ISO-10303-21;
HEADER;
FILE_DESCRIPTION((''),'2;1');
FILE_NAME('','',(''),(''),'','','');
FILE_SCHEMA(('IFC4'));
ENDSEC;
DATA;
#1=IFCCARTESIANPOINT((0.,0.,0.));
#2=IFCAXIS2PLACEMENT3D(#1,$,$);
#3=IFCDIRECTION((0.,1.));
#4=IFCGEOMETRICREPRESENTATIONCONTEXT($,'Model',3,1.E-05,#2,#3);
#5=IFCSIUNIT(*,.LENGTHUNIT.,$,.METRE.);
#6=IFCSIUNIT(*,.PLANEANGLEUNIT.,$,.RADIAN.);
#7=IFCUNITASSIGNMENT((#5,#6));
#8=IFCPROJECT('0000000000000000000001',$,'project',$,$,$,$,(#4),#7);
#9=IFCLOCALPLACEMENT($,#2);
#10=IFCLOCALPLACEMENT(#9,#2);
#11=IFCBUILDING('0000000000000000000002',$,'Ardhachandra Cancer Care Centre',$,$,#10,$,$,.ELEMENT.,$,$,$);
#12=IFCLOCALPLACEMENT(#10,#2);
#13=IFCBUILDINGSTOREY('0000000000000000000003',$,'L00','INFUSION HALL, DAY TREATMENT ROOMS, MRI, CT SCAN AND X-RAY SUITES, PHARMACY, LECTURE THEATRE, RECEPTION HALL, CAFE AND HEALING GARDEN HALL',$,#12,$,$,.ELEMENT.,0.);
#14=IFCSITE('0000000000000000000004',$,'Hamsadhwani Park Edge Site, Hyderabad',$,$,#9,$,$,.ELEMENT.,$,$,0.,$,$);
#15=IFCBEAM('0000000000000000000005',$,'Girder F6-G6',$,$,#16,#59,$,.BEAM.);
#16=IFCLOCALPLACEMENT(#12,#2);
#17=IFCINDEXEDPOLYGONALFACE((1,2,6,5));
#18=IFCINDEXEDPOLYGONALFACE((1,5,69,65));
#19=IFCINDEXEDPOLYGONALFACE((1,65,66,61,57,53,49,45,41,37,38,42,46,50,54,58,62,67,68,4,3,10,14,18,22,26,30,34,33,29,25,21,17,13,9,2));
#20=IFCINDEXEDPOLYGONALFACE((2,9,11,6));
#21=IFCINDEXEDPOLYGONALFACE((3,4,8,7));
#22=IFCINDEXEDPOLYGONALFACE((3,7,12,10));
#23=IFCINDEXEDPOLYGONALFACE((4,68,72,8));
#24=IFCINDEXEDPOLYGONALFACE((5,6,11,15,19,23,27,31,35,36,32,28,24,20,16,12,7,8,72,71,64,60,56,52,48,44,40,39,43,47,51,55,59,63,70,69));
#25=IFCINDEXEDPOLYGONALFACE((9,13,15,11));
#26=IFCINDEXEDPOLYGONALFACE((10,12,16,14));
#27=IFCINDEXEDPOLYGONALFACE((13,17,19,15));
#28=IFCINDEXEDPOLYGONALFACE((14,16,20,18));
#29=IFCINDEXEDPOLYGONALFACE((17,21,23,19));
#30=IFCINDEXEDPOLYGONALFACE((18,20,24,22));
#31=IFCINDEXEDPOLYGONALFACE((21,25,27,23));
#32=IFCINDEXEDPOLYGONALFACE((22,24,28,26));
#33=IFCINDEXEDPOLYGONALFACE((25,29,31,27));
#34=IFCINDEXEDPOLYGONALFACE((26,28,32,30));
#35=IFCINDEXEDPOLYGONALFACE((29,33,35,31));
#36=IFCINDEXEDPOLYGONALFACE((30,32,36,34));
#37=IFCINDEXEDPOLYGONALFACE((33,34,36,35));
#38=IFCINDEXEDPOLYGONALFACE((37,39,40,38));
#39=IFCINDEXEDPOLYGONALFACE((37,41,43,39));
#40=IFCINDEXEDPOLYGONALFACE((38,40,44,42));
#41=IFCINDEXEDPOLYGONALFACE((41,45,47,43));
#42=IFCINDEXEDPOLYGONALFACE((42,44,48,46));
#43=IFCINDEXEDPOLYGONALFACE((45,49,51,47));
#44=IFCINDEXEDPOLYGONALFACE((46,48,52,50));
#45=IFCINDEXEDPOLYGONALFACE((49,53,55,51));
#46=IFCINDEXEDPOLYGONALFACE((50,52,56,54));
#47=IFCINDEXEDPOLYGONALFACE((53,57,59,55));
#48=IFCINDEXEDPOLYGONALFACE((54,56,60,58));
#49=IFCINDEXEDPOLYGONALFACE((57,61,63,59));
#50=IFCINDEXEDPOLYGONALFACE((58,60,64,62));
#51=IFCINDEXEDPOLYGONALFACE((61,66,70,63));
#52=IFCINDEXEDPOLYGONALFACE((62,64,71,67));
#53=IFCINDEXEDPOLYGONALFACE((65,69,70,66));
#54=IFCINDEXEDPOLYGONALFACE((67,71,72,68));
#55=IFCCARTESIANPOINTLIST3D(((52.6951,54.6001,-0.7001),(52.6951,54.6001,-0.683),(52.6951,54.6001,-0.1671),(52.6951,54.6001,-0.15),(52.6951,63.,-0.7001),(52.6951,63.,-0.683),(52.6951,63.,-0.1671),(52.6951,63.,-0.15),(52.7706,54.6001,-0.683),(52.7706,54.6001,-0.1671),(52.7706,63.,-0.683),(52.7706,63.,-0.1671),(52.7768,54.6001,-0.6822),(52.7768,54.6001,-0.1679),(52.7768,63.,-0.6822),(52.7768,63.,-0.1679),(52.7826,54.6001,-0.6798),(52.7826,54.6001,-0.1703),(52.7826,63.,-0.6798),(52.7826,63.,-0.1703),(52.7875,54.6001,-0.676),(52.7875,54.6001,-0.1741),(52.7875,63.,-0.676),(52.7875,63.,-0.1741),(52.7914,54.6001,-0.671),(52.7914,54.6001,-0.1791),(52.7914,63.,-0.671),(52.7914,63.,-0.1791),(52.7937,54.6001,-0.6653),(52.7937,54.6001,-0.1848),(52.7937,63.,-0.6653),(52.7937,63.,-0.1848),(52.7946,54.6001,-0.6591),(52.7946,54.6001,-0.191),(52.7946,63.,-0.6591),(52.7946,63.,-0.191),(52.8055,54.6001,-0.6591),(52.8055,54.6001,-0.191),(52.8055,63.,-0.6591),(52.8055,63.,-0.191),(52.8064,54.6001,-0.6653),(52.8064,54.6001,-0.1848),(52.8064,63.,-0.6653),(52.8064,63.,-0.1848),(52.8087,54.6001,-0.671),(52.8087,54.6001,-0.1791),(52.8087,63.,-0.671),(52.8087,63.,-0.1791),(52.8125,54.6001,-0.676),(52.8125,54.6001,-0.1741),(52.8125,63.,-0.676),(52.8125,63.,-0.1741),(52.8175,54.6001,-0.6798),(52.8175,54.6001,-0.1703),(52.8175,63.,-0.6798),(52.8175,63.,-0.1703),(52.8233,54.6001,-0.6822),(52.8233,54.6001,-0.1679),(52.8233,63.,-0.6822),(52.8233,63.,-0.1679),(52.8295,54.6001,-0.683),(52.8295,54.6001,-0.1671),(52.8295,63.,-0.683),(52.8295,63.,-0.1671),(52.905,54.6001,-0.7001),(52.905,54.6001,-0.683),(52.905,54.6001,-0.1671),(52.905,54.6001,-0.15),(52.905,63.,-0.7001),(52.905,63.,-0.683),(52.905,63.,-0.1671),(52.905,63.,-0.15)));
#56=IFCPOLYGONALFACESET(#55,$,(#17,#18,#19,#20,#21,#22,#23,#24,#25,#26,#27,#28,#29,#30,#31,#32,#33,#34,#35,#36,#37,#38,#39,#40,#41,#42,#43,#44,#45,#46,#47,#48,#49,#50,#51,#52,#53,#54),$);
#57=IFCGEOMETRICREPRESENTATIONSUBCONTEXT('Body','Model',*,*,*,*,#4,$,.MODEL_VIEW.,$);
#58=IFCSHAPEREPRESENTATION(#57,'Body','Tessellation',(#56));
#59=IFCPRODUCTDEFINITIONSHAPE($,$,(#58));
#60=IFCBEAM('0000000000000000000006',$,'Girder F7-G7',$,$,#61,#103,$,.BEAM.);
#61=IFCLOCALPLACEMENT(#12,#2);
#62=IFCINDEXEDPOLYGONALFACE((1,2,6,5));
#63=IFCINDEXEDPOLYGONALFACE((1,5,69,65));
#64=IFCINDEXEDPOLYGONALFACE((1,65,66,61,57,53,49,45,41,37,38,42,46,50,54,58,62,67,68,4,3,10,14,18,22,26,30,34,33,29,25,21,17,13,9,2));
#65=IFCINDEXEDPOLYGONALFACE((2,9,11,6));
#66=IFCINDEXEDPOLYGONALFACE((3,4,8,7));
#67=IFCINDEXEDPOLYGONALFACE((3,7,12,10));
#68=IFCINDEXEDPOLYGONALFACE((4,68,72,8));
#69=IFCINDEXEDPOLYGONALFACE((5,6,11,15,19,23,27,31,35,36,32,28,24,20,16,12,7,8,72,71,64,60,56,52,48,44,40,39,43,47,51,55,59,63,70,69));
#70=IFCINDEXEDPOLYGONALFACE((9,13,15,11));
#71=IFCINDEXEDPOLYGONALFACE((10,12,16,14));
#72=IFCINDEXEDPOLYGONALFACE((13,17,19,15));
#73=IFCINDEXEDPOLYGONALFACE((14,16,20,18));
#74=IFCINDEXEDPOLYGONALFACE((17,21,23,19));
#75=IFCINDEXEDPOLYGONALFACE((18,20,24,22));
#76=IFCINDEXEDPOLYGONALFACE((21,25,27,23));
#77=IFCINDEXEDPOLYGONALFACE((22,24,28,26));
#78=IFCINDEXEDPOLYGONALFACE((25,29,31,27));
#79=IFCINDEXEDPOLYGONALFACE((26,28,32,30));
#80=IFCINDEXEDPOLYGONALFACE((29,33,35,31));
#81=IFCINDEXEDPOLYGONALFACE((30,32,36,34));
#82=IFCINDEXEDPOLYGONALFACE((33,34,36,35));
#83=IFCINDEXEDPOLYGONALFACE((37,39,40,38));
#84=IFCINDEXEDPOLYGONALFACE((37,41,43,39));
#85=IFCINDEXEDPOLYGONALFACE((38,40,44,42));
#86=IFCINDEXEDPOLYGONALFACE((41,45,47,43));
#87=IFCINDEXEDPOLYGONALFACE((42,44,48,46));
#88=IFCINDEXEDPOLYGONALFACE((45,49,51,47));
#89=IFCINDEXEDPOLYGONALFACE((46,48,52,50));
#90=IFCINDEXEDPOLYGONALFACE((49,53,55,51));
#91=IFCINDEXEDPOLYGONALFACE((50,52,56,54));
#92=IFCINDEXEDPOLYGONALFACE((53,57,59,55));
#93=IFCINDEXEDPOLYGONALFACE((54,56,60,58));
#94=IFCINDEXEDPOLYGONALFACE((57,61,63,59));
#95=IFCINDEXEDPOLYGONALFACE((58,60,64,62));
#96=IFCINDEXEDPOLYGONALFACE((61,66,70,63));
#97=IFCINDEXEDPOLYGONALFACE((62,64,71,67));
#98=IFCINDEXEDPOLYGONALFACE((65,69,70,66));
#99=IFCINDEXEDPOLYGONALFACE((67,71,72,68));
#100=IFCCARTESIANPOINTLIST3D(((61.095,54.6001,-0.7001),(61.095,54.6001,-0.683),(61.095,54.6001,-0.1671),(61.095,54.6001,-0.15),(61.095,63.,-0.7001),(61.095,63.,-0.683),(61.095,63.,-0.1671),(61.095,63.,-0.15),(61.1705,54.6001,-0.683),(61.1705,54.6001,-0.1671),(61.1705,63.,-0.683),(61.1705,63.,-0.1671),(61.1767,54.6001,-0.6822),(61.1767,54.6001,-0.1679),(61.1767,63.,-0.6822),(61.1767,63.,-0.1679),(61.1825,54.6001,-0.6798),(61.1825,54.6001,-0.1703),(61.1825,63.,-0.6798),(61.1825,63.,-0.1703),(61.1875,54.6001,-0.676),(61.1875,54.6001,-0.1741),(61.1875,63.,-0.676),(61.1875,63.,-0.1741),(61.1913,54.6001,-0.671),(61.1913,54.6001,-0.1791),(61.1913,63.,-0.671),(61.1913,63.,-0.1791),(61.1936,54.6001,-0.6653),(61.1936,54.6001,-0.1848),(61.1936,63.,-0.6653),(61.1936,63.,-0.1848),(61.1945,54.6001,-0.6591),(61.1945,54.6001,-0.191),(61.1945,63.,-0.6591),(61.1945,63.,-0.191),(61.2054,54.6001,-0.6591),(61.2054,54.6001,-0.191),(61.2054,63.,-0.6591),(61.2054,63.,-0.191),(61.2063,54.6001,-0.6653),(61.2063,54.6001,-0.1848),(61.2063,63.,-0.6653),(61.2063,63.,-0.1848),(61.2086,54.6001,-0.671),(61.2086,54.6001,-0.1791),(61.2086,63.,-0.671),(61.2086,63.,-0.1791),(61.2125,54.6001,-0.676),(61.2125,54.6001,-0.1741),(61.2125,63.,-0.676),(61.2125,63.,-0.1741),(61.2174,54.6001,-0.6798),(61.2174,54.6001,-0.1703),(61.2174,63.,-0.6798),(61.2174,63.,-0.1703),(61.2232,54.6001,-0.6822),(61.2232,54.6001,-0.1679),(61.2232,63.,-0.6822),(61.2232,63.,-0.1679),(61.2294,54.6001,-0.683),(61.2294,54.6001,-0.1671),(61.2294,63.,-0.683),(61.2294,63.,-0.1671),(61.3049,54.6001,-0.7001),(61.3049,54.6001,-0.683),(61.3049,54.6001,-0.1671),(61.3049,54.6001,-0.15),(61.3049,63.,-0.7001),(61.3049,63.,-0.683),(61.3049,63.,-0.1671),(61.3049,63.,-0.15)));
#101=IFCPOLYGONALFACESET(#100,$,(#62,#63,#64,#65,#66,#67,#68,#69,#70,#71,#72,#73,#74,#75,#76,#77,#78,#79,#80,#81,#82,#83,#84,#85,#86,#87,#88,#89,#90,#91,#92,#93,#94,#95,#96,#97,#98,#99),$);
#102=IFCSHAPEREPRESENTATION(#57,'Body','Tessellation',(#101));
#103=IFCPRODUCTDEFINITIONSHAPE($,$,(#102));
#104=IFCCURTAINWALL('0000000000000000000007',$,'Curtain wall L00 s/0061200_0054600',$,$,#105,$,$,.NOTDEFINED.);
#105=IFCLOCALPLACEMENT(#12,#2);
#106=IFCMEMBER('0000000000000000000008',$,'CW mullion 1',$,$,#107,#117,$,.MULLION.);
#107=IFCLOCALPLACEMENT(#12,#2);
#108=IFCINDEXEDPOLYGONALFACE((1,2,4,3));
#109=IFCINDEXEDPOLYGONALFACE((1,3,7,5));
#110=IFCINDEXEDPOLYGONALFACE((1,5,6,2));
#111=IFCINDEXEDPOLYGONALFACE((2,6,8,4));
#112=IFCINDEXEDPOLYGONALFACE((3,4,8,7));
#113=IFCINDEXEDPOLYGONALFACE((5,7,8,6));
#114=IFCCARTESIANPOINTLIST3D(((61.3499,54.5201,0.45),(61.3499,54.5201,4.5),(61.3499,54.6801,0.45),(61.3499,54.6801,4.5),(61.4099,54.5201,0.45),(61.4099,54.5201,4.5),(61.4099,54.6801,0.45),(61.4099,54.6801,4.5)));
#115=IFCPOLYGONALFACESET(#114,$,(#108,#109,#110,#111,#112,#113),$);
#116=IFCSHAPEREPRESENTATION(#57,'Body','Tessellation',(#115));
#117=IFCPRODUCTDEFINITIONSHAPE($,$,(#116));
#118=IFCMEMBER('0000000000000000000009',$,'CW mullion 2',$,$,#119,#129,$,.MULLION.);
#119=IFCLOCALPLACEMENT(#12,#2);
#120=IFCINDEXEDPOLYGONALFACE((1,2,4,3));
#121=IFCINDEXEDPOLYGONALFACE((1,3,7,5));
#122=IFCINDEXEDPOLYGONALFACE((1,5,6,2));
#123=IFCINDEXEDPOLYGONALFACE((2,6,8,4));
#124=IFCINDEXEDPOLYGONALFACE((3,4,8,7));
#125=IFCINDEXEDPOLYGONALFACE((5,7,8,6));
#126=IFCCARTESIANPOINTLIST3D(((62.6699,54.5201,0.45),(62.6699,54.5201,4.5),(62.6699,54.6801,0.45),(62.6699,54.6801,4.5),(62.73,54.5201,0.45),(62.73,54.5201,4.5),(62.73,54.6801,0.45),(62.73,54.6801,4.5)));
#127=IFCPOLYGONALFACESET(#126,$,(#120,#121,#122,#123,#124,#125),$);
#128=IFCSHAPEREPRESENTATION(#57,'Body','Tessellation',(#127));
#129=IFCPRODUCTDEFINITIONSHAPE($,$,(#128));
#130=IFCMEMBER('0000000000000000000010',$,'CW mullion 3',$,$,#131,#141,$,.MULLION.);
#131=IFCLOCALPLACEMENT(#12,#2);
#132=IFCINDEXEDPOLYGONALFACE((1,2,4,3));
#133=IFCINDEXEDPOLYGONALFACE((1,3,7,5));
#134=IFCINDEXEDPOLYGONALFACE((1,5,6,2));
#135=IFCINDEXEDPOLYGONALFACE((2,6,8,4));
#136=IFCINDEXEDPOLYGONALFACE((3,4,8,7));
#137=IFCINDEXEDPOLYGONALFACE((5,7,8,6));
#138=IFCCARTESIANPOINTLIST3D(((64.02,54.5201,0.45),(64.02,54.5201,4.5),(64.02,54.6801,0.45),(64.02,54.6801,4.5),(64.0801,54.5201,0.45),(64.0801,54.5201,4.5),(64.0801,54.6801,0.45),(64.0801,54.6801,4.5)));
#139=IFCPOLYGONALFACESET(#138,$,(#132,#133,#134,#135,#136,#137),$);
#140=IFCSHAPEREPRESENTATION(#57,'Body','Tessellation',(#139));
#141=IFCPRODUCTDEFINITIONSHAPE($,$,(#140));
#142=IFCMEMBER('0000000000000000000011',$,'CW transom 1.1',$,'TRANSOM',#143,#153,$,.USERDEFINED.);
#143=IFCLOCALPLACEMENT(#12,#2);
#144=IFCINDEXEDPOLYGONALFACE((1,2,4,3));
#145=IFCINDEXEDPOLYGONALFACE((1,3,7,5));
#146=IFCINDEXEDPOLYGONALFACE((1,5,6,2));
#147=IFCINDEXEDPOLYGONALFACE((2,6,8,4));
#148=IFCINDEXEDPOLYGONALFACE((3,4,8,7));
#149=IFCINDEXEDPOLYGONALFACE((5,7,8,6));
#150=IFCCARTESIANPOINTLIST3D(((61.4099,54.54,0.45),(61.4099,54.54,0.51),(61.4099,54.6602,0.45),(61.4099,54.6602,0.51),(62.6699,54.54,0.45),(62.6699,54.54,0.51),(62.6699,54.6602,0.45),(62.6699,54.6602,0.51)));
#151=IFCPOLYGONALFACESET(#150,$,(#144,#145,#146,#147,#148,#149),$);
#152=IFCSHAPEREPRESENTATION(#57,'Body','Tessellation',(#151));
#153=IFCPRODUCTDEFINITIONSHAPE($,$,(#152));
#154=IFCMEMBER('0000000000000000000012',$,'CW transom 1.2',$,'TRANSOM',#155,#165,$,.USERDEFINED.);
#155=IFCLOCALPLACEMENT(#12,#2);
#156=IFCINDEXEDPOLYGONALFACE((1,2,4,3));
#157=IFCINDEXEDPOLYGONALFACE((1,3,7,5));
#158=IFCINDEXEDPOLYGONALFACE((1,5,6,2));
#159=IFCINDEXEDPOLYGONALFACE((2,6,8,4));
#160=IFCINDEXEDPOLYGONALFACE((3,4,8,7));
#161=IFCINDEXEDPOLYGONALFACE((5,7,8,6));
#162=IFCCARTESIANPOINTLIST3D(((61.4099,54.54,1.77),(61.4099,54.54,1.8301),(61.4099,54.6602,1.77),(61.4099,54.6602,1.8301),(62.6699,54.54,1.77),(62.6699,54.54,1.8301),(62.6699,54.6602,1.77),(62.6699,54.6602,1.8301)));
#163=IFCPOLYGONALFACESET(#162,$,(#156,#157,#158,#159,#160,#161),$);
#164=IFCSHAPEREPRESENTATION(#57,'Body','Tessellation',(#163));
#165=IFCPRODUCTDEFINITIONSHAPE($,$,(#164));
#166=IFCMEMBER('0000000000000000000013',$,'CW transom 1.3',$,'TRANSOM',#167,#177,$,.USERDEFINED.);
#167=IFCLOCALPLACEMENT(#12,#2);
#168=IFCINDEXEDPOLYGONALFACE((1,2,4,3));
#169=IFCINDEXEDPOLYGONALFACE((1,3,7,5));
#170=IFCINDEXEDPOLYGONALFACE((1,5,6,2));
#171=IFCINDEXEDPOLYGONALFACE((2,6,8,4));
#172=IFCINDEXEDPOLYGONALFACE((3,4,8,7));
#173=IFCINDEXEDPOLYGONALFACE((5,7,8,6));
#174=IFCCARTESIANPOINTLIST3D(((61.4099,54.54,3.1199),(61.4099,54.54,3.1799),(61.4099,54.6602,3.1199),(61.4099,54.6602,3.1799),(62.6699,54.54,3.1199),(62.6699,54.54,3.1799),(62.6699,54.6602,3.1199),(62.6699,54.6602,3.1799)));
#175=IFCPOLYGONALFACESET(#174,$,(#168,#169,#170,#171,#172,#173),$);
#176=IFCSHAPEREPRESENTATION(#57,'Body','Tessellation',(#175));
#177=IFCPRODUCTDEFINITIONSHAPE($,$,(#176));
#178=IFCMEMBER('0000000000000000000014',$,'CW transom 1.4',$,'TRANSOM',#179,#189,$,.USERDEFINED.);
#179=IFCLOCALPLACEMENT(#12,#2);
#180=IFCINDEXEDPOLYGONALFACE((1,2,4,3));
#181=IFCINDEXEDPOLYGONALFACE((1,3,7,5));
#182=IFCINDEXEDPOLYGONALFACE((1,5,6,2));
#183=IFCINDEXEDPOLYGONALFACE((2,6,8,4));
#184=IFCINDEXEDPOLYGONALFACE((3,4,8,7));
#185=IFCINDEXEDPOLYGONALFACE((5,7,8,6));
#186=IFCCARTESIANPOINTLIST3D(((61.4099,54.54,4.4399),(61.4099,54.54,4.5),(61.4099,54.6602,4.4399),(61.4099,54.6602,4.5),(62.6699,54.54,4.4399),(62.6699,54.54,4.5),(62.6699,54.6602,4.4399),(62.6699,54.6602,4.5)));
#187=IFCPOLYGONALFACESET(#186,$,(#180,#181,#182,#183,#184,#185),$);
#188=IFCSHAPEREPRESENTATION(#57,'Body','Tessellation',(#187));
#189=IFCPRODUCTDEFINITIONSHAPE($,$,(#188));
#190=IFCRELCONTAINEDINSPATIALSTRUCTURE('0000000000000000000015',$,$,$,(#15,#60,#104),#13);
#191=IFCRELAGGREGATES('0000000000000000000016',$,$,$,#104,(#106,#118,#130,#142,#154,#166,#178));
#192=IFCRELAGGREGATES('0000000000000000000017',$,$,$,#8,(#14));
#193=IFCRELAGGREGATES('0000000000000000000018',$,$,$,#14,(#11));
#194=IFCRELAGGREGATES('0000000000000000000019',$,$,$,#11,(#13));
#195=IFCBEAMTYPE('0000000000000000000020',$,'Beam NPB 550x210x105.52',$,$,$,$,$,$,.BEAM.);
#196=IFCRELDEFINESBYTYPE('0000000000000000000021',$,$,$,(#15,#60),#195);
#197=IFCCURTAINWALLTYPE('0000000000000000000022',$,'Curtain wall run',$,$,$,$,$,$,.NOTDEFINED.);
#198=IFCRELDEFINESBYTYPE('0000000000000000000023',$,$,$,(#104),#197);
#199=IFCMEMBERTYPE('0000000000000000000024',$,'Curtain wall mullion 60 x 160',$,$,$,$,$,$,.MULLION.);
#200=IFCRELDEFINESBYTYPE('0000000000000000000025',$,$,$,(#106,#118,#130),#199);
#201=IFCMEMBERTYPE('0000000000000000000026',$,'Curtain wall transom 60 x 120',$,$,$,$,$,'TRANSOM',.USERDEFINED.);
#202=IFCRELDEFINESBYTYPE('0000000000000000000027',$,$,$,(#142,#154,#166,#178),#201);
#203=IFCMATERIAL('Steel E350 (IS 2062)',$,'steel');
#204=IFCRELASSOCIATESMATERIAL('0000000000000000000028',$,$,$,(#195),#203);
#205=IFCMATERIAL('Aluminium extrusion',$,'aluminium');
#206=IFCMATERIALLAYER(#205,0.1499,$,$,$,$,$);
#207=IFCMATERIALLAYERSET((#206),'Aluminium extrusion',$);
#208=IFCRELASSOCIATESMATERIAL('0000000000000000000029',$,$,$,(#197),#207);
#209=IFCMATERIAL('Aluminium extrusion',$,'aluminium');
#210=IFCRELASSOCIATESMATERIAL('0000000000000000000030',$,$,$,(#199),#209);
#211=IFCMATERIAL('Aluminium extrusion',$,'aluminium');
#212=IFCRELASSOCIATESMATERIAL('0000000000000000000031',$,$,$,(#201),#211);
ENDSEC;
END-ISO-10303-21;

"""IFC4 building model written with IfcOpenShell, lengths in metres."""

from ifc_helpers import new_model, si_unit, direction, frame, origin, origin_2d, place, context, subcontext, project, spatial, rectangle, i_section, extrude, material, layer, layer_set, material_profile, profile_set, type_object, element, aggregate, save


model = new_model("IFC4")

# Units and contexts
model_context = context("Model", 3, precision=1e-05, world=origin(), true_north=direction((0.0, 1.0)))
body_context = subcontext(model_context, "Body", "Model", "MODEL_VIEW")
ifc_project = project(units=[si_unit("LENGTHUNIT", "METRE"), si_unit("PLANEANGLEUNIT", "RADIAN")], contexts=[model_context])

# Site, building, storey
site_placement = place(None, origin())
site = spatial("IfcSite", under=ifc_project, at=site_placement, Name="Hamsadhwani Park Edge Site, Hyderabad", CompositionType="ELEMENT", RefElevation=0.0)
building_placement = place(site_placement, origin())
building = spatial("IfcBuilding", under=site, at=building_placement, Name="Ardhachandra Cancer Care Centre", CompositionType="ELEMENT")
storey_placement = place(building_placement, origin())
storey = spatial("IfcBuildingStorey", under=building, at=storey_placement, Name="L00", Description="INFUSION HALL, DAY TREATMENT ROOMS, MRI, CT SCAN AND X-RAY SUITES, PHARMACY, LECTURE THEATRE, RECEPTION HALL, CAFE AND HEALING GARDEN HALL", CompositionType="ELEMENT", Elevation=0.0)

# Beams
ifc_material_1 = material(Name="Steel E350 (IS 2062)", Category="steel")
ifc_material_profile_1 = material_profile(ifc_material_1, i_section(OverallWidth=0.21, OverallDepth=0.55, WebThickness=0.011, FlangeThickness=0.0171, FilletRadius=0.0239, at=origin_2d()), Name="NPB 550x210x105.52")
ifc_profile_set_1 = profile_set([ifc_material_profile_1], Name="Steel E350 (IS 2062)")
beam_type_1 = type_object("IfcBeamType", Name="Beam NPB 550x210x105.52", PredefinedType="BEAM", material=ifc_profile_set_1)
for number, where, z_axis, x_axis, name in (
    (1, (52.8, 54.6001, -0.425), (0.0, 1.0, 0.0), (-1.0, 0.0, 0.0), "Girder F6-G6"),
    (2, (61.2, 54.6001, -0.425), (0.0, 1.0, 0.0), (-1.0, 0.0, 0.0), "Girder F7-G7"),
):
    element("IfcBeam", number, at=place(storey_placement, frame(where, z_axis=z_axis, x_axis=x_axis)), inside=storey, type_object=beam_type_1, Name=name, PredefinedType="BEAM", context=body_context, shape_type="SweptSolid", body=[
        extrude(i_section(OverallWidth=0.21, OverallDepth=0.55, WebThickness=0.011, FlangeThickness=0.0171, FilletRadius=0.0239, at=origin_2d()), origin(), (0.0, 0.0, 1.0), 8.3999),
    ])

# Curtain wall, members
ifc_material_2 = material(Name="Aluminium extrusion", Category="aluminium")
ifc_layer_1 = layer(ifc_material_2, 0.1499)
ifc_layer_set_1 = layer_set([ifc_layer_1], Name="Aluminium extrusion")
curtain_wall_type = type_object("IfcCurtainWallType", Name="Curtain wall run", PredefinedType="NOTDEFINED", material=ifc_layer_set_1)
curtain_wall_placement = place(storey_placement, origin())
curtain_wall = element("IfcCurtainWall", 3, at=curtain_wall_placement, inside=storey, type_object=curtain_wall_type, Name="Curtain wall L00 s/0061200_0054600", PredefinedType="NOTDEFINED")
ifc_material_3 = material(Name="Aluminium extrusion", Category="aluminium")
ifc_material_profile_2 = material_profile(ifc_material_3, rectangle(XDim=0.1599, YDim=0.0601, at=origin_2d()), Name="Curtain wall mullion 60 x 160")
ifc_profile_set_2 = profile_set([ifc_material_profile_2], Name="Aluminium extrusion")
member_type_1 = type_object("IfcMemberType", Name="Curtain wall mullion 60 x 160", PredefinedType="MULLION", material=ifc_profile_set_2)
member_1_placement = place(storey_placement, frame((61.3799, 54.6001, 0.45), z_axis=(0.0, 0.0, 1.0), x_axis=(0.0, 1.0, 0.0)))
member_1 = element("IfcMember", 4, at=member_1_placement, type_object=member_type_1, Name="CW mullion 1", PredefinedType="MULLION", context=body_context, shape_type="SweptSolid", body=[
    extrude(rectangle(XDim=0.1599, YDim=0.0601, at=origin_2d()), origin(), (0.0, 0.0, 1.0), 4.05),
])
member_2_placement = place(storey_placement, frame((62.7, 54.6001, 0.45), z_axis=(0.0, 0.0, 1.0), x_axis=(0.0, 1.0, 0.0)))
member_2 = element("IfcMember", 5, at=member_2_placement, type_object=member_type_1, Name="CW mullion 2", PredefinedType="MULLION", context=body_context, shape_type="SweptSolid", body=[
    extrude(rectangle(XDim=0.1599, YDim=0.0601, at=origin_2d()), origin(), (0.0, 0.0, 1.0), 4.05),
])
member_3_placement = place(storey_placement, frame((64.05, 54.6001, 0.45), z_axis=(0.0, 0.0, 1.0), x_axis=(0.0, 1.0, 0.0)))
member_3 = element("IfcMember", 6, at=member_3_placement, type_object=member_type_1, Name="CW mullion 3", PredefinedType="MULLION", context=body_context, shape_type="SweptSolid", body=[
    extrude(rectangle(XDim=0.1599, YDim=0.0601, at=origin_2d()), origin(), (0.0, 0.0, 1.0), 4.05),
])
ifc_material_4 = material(Name="Aluminium extrusion", Category="aluminium")
ifc_material_profile_3 = material_profile(ifc_material_4, rectangle(XDim=0.1201, YDim=0.0601, at=origin_2d()), Name="Curtain wall transom 60 x 120")
ifc_profile_set_3 = profile_set([ifc_material_profile_3], Name="Aluminium extrusion")
member_type_2 = type_object("IfcMemberType", Name="Curtain wall transom 60 x 120", ElementType="TRANSOM", PredefinedType="USERDEFINED", material=ifc_profile_set_3)
member_4_placement = place(storey_placement, frame((61.4099, 54.6001, 0.48), z_axis=(1.0, 0.0, 0.0), x_axis=(0.0, 1.0, 0.0)))
member_4 = element("IfcMember", 7, at=member_4_placement, type_object=member_type_2, Name="CW transom 1.1", ObjectType="TRANSOM", PredefinedType="USERDEFINED", context=body_context, shape_type="SweptSolid", body=[
    extrude(rectangle(XDim=0.1201, YDim=0.0601, at=origin_2d()), origin(), (0.0, 0.0, 1.0), 1.26),
])
member_5_placement = place(storey_placement, frame((61.4099, 54.6001, 1.8), z_axis=(1.0, 0.0, 0.0), x_axis=(0.0, 1.0, 0.0)))
member_5 = element("IfcMember", 8, at=member_5_placement, type_object=member_type_2, Name="CW transom 1.2", ObjectType="TRANSOM", PredefinedType="USERDEFINED", context=body_context, shape_type="SweptSolid", body=[
    extrude(rectangle(XDim=0.1201, YDim=0.0601, at=origin_2d()), origin(), (0.0, 0.0, 1.0), 1.26),
])
member_6_placement = place(storey_placement, frame((61.4099, 54.6001, 3.1499), z_axis=(1.0, 0.0, 0.0), x_axis=(0.0, 1.0, 0.0)))
member_6 = element("IfcMember", 9, at=member_6_placement, type_object=member_type_2, Name="CW transom 1.3", ObjectType="TRANSOM", PredefinedType="USERDEFINED", context=body_context, shape_type="SweptSolid", body=[
    extrude(rectangle(XDim=0.1201, YDim=0.0601, at=origin_2d()), origin(), (0.0, 0.0, 1.0), 1.26),
])
member_7_placement = place(storey_placement, frame((61.4099, 54.6001, 4.47), z_axis=(1.0, 0.0, 0.0), x_axis=(0.0, 1.0, 0.0)))
member_7 = element("IfcMember", 10, at=member_7_placement, type_object=member_type_2, Name="CW transom 1.4", ObjectType="TRANSOM", PredefinedType="USERDEFINED", context=body_context, shape_type="SweptSolid", body=[
    extrude(rectangle(XDim=0.1201, YDim=0.0601, at=origin_2d()), origin(), (0.0, 0.0, 1.0), 1.26),
])
aggregate(curtain_wall, [member_1, member_2, member_3, member_4, member_5, member_6, member_7])

save(model, "model.ifc")
